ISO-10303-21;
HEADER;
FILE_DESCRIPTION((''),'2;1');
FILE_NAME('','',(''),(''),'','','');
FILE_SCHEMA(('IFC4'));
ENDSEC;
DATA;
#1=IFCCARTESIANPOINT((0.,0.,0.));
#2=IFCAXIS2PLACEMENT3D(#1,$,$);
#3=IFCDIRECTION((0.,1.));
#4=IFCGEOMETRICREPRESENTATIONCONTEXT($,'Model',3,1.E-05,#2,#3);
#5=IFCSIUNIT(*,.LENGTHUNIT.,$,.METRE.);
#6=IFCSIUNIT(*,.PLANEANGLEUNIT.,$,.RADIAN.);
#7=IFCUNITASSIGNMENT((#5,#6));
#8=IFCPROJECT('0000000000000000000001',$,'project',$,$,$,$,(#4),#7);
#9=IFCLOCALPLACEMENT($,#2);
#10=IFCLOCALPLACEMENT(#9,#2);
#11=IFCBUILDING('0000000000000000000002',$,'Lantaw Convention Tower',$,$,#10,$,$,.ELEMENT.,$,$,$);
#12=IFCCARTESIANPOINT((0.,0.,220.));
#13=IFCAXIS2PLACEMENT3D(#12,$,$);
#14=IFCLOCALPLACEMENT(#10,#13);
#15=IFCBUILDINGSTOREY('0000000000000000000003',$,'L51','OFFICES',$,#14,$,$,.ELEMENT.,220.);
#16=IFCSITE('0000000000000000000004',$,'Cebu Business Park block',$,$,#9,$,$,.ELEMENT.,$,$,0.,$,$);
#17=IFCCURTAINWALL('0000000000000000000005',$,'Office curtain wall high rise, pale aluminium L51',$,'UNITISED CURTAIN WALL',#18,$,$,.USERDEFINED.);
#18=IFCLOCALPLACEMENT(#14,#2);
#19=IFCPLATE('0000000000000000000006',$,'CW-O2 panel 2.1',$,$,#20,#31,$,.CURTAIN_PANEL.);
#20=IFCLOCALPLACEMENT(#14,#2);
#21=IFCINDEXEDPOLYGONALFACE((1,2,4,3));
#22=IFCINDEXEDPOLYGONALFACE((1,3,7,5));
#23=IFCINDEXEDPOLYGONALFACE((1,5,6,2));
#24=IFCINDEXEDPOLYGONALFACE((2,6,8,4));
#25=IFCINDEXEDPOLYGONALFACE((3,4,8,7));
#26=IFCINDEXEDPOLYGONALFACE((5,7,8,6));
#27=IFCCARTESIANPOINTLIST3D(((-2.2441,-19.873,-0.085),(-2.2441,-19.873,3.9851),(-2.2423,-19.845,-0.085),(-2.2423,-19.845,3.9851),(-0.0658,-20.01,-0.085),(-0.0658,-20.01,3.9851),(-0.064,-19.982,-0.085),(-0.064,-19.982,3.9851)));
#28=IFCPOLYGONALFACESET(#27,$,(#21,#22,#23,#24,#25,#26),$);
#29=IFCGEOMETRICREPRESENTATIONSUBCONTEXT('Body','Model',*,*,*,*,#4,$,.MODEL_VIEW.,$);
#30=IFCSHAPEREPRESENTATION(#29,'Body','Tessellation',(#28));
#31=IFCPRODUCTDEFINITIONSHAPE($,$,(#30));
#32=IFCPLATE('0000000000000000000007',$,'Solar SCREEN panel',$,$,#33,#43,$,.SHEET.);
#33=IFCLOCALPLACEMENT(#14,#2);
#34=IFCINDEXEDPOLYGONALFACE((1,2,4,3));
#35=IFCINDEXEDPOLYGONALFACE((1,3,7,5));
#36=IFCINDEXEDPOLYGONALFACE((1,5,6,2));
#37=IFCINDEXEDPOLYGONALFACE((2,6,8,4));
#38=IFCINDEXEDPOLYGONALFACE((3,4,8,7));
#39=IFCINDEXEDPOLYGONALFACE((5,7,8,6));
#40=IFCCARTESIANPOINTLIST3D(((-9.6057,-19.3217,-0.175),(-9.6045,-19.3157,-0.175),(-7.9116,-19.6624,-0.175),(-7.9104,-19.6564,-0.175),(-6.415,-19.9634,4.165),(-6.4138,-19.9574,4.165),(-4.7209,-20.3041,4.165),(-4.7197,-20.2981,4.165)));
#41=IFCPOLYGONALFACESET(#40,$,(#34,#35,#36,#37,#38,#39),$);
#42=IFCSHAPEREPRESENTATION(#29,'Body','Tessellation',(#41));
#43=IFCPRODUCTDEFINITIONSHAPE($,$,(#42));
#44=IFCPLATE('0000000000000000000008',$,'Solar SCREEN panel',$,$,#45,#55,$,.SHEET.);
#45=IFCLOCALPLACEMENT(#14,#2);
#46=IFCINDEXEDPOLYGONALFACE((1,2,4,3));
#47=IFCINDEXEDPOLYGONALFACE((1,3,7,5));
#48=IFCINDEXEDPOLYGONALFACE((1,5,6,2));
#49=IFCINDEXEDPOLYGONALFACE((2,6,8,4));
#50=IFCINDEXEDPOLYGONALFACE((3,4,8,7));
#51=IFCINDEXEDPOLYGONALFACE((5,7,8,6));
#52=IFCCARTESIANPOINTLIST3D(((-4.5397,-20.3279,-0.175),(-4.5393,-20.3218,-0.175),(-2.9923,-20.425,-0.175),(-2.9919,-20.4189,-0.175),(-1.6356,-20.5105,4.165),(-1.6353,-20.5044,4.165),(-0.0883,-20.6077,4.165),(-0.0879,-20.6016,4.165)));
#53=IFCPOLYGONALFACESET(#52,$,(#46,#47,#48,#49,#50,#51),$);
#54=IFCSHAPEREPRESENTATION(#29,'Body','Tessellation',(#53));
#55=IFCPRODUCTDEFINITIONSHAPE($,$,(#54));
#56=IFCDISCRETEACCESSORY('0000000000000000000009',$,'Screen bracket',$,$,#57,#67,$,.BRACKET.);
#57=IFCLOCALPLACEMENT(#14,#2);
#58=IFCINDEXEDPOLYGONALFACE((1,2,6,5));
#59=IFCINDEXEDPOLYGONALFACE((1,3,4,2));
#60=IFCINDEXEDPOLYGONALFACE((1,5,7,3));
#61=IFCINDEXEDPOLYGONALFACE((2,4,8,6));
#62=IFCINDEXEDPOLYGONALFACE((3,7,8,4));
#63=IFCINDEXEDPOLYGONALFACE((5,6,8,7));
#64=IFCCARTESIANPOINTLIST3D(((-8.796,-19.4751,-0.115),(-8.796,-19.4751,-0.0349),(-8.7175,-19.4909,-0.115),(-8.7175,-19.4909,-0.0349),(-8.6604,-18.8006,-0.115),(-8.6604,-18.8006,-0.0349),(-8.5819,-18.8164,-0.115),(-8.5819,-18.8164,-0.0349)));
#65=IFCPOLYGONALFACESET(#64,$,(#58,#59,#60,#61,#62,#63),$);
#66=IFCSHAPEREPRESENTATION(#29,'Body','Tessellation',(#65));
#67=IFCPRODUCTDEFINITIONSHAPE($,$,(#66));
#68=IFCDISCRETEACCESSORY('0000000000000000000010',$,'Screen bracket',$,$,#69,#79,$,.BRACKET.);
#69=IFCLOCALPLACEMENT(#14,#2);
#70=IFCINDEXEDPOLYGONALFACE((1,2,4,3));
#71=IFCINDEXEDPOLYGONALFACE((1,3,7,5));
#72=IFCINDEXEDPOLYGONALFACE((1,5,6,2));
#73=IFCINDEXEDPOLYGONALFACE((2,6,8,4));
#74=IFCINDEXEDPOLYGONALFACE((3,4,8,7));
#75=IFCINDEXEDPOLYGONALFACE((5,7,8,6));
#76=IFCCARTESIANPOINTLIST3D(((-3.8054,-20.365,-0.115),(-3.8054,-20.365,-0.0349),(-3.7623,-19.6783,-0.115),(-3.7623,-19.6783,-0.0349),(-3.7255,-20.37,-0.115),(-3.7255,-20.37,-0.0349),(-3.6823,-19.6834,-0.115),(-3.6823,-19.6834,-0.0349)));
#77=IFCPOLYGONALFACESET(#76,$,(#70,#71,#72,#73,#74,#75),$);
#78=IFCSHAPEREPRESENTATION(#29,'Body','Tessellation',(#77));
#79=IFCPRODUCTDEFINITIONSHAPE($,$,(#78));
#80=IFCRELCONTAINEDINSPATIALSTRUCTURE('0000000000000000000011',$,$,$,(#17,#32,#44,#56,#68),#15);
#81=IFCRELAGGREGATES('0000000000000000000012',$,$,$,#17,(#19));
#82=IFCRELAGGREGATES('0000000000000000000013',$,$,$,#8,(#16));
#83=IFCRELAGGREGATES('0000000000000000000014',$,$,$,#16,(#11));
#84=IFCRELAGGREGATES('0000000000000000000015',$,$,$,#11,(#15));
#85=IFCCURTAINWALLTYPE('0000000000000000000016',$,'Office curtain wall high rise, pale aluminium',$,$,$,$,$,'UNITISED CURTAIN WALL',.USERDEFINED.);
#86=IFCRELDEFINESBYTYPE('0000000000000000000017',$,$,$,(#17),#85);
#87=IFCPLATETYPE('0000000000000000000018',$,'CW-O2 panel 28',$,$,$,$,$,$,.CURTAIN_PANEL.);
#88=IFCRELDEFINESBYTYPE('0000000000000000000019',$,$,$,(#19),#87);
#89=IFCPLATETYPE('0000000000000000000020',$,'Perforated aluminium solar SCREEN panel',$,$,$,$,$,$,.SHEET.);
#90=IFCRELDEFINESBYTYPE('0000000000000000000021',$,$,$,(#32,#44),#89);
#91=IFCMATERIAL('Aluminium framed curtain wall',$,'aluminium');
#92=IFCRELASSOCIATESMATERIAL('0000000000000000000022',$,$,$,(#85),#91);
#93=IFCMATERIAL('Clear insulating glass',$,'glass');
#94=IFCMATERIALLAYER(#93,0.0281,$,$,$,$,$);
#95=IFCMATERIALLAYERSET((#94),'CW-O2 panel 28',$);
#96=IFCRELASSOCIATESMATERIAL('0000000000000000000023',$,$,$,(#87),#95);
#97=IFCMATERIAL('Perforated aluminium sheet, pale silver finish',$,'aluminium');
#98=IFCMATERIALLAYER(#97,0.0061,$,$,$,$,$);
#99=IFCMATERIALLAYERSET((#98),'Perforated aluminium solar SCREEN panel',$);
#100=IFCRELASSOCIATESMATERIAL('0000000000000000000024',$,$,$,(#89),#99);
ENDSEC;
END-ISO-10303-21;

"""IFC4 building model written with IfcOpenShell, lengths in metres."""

from ifc_helpers import new_model, si_unit, direction, frame, origin, origin_2d, place, context, subcontext, project, spatial, polyline, rectangle, outline, extrude, material, layer, layer_set, type_object, element, aggregate, save


model = new_model("IFC4")

# Units and contexts
model_context = context("Model", 3, precision=1e-05, world=origin(), true_north=direction((0.0, 1.0)))
body_context = subcontext(model_context, "Body", "Model", "MODEL_VIEW")
ifc_project = project(units=[si_unit("LENGTHUNIT", "METRE"), si_unit("PLANEANGLEUNIT", "RADIAN")], contexts=[model_context])

# Site, building, storey
site_placement = place(None, origin())
site = spatial("IfcSite", under=ifc_project, at=site_placement, Name="Cebu Business Park block", CompositionType="ELEMENT", RefElevation=0.0)
building_placement = place(site_placement, origin())
building = spatial("IfcBuilding", under=site, at=building_placement, Name="Lantaw Convention Tower", CompositionType="ELEMENT")
storey_placement = place(building_placement, frame((0.0, 0.0, 220.0)))
storey = spatial("IfcBuildingStorey", under=building, at=storey_placement, Name="L51", Description="OFFICES", CompositionType="ELEMENT", Elevation=220.0)

# Shared definitions
ifc_material_1 = material(Name="Aluminium framed curtain wall", Category="aluminium")
curtain_wall_type = type_object("IfcCurtainWallType", Name="Office curtain wall high rise, pale aluminium", ElementType="UNITISED CURTAIN WALL", PredefinedType="USERDEFINED", material=ifc_material_1)

# Curtain wall
curtain_wall_1_placement = place(storey_placement, origin())
curtain_wall_1 = element("IfcCurtainWall", 1, at=curtain_wall_1_placement, inside=storey, type_object=curtain_wall_type, Name="Office curtain wall high rise, pale aluminium L51", ObjectType="UNITISED CURTAIN WALL", PredefinedType="USERDEFINED")

# Plate
ifc_material_2 = material(Name="Clear insulating glass", Category="glass")
ifc_layer_1 = layer(ifc_material_2, 0.0281)
ifc_layer_set_1 = layer_set([ifc_layer_1], Name="CW-O2 panel 28")
plate_type_1 = type_object("IfcPlateType", Name="CW-O2 panel 28", PredefinedType="CURTAIN_PANEL", material=ifc_layer_set_1)
plate_1_placement = place(storey_placement, frame((-1.1541, -19.9275, -0.085), z_axis=(0.0, 0.0, 1.0), x_axis=(0.998029, -0.062758, 0.0)))
plate_1 = element("IfcPlate", 2, at=plate_1_placement, type_object=plate_type_1, Name="CW-O2 panel 2.1", PredefinedType="CURTAIN_PANEL", context=body_context, shape_type="SweptSolid", body=[
    extrude(rectangle(XDim=2.1826, YDim=0.0281, at=origin_2d()), origin(), (0.0, 0.0, 1.0), 4.0701),
])
aggregate(curtain_wall_1, [plate_1])

# Plates
ifc_material_3 = material(Name="Perforated aluminium sheet, pale silver finish", Category="aluminium")
ifc_layer_2 = layer(ifc_material_3, 0.0061)
ifc_layer_set_2 = layer_set([ifc_layer_2], Name="Perforated aluminium solar SCREEN panel")
plate_type_2 = type_object("IfcPlateType", Name="Perforated aluminium solar SCREEN panel", PredefinedType="SHEET", material=ifc_layer_set_2)
plate_2_placement = place(storey_placement, frame((-9.6045, -19.3157, -0.175), z_axis=(0.197162, 0.980371, 0.000011), x_axis=(0.980371, -0.197162, 0.0)))
element("IfcPlate", 3, at=plate_2_placement, inside=storey, type_object=plate_type_2, Name="Solar SCREEN panel", PredefinedType="SHEET", context=body_context, shape_type="SweptSolid", body=[
    extrude(outline(polyline([(0.0, 0.0), (1.728, 0.0), (4.9826, -4.3401), (3.2545, -4.3401), (0.0, 0.0)])), origin(), (0.0, 0.0, -1.0), 0.0061),
])
plate_3_placement = place(storey_placement, frame((-4.5393, -20.3218, -0.175), z_axis=(0.062672, 0.998034, 0.000059), x_axis=(0.998034, -0.062672, 0.0)))
element("IfcPlate", 4, at=plate_3_placement, inside=storey, type_object=plate_type_2, Name="Solar SCREEN panel", PredefinedType="SHEET", context=body_context, shape_type="SweptSolid", body=[
    extrude(outline(polyline([(0.0, 0.0), (1.5504, 0.0), (4.4602, -4.3401), (2.9098, -4.3401), (0.0, 0.0)])), origin(), (0.0, 0.0, -1.0), 0.0061),
])

# Discrete accessories
for number, where, z_axis, x_axis, name in (
    (5, (-8.689, -19.1458, -0.115), (0.0, 0.0, 1.0), (0.980367, -0.197183, 0.0), "Screen bracket"),
    (6, (-3.7439, -20.0242, -0.115), (0.0, 0.0, 1.0), (0.998029, -0.062758, 0.0), "Screen bracket"),
):
    element("IfcDiscreteAccessory", number, at=place(storey_placement, frame(where, z_axis=z_axis, x_axis=x_axis)), inside=storey, Name=name, PredefinedType="BRACKET", context=body_context, shape_type="SweptSolid", body=[
        extrude(rectangle(XDim=0.0801, YDim=0.688, at=origin_2d()), origin(), (0.0, 0.0, 1.0), 0.0801),
    ])

save(model, "model.ifc")
